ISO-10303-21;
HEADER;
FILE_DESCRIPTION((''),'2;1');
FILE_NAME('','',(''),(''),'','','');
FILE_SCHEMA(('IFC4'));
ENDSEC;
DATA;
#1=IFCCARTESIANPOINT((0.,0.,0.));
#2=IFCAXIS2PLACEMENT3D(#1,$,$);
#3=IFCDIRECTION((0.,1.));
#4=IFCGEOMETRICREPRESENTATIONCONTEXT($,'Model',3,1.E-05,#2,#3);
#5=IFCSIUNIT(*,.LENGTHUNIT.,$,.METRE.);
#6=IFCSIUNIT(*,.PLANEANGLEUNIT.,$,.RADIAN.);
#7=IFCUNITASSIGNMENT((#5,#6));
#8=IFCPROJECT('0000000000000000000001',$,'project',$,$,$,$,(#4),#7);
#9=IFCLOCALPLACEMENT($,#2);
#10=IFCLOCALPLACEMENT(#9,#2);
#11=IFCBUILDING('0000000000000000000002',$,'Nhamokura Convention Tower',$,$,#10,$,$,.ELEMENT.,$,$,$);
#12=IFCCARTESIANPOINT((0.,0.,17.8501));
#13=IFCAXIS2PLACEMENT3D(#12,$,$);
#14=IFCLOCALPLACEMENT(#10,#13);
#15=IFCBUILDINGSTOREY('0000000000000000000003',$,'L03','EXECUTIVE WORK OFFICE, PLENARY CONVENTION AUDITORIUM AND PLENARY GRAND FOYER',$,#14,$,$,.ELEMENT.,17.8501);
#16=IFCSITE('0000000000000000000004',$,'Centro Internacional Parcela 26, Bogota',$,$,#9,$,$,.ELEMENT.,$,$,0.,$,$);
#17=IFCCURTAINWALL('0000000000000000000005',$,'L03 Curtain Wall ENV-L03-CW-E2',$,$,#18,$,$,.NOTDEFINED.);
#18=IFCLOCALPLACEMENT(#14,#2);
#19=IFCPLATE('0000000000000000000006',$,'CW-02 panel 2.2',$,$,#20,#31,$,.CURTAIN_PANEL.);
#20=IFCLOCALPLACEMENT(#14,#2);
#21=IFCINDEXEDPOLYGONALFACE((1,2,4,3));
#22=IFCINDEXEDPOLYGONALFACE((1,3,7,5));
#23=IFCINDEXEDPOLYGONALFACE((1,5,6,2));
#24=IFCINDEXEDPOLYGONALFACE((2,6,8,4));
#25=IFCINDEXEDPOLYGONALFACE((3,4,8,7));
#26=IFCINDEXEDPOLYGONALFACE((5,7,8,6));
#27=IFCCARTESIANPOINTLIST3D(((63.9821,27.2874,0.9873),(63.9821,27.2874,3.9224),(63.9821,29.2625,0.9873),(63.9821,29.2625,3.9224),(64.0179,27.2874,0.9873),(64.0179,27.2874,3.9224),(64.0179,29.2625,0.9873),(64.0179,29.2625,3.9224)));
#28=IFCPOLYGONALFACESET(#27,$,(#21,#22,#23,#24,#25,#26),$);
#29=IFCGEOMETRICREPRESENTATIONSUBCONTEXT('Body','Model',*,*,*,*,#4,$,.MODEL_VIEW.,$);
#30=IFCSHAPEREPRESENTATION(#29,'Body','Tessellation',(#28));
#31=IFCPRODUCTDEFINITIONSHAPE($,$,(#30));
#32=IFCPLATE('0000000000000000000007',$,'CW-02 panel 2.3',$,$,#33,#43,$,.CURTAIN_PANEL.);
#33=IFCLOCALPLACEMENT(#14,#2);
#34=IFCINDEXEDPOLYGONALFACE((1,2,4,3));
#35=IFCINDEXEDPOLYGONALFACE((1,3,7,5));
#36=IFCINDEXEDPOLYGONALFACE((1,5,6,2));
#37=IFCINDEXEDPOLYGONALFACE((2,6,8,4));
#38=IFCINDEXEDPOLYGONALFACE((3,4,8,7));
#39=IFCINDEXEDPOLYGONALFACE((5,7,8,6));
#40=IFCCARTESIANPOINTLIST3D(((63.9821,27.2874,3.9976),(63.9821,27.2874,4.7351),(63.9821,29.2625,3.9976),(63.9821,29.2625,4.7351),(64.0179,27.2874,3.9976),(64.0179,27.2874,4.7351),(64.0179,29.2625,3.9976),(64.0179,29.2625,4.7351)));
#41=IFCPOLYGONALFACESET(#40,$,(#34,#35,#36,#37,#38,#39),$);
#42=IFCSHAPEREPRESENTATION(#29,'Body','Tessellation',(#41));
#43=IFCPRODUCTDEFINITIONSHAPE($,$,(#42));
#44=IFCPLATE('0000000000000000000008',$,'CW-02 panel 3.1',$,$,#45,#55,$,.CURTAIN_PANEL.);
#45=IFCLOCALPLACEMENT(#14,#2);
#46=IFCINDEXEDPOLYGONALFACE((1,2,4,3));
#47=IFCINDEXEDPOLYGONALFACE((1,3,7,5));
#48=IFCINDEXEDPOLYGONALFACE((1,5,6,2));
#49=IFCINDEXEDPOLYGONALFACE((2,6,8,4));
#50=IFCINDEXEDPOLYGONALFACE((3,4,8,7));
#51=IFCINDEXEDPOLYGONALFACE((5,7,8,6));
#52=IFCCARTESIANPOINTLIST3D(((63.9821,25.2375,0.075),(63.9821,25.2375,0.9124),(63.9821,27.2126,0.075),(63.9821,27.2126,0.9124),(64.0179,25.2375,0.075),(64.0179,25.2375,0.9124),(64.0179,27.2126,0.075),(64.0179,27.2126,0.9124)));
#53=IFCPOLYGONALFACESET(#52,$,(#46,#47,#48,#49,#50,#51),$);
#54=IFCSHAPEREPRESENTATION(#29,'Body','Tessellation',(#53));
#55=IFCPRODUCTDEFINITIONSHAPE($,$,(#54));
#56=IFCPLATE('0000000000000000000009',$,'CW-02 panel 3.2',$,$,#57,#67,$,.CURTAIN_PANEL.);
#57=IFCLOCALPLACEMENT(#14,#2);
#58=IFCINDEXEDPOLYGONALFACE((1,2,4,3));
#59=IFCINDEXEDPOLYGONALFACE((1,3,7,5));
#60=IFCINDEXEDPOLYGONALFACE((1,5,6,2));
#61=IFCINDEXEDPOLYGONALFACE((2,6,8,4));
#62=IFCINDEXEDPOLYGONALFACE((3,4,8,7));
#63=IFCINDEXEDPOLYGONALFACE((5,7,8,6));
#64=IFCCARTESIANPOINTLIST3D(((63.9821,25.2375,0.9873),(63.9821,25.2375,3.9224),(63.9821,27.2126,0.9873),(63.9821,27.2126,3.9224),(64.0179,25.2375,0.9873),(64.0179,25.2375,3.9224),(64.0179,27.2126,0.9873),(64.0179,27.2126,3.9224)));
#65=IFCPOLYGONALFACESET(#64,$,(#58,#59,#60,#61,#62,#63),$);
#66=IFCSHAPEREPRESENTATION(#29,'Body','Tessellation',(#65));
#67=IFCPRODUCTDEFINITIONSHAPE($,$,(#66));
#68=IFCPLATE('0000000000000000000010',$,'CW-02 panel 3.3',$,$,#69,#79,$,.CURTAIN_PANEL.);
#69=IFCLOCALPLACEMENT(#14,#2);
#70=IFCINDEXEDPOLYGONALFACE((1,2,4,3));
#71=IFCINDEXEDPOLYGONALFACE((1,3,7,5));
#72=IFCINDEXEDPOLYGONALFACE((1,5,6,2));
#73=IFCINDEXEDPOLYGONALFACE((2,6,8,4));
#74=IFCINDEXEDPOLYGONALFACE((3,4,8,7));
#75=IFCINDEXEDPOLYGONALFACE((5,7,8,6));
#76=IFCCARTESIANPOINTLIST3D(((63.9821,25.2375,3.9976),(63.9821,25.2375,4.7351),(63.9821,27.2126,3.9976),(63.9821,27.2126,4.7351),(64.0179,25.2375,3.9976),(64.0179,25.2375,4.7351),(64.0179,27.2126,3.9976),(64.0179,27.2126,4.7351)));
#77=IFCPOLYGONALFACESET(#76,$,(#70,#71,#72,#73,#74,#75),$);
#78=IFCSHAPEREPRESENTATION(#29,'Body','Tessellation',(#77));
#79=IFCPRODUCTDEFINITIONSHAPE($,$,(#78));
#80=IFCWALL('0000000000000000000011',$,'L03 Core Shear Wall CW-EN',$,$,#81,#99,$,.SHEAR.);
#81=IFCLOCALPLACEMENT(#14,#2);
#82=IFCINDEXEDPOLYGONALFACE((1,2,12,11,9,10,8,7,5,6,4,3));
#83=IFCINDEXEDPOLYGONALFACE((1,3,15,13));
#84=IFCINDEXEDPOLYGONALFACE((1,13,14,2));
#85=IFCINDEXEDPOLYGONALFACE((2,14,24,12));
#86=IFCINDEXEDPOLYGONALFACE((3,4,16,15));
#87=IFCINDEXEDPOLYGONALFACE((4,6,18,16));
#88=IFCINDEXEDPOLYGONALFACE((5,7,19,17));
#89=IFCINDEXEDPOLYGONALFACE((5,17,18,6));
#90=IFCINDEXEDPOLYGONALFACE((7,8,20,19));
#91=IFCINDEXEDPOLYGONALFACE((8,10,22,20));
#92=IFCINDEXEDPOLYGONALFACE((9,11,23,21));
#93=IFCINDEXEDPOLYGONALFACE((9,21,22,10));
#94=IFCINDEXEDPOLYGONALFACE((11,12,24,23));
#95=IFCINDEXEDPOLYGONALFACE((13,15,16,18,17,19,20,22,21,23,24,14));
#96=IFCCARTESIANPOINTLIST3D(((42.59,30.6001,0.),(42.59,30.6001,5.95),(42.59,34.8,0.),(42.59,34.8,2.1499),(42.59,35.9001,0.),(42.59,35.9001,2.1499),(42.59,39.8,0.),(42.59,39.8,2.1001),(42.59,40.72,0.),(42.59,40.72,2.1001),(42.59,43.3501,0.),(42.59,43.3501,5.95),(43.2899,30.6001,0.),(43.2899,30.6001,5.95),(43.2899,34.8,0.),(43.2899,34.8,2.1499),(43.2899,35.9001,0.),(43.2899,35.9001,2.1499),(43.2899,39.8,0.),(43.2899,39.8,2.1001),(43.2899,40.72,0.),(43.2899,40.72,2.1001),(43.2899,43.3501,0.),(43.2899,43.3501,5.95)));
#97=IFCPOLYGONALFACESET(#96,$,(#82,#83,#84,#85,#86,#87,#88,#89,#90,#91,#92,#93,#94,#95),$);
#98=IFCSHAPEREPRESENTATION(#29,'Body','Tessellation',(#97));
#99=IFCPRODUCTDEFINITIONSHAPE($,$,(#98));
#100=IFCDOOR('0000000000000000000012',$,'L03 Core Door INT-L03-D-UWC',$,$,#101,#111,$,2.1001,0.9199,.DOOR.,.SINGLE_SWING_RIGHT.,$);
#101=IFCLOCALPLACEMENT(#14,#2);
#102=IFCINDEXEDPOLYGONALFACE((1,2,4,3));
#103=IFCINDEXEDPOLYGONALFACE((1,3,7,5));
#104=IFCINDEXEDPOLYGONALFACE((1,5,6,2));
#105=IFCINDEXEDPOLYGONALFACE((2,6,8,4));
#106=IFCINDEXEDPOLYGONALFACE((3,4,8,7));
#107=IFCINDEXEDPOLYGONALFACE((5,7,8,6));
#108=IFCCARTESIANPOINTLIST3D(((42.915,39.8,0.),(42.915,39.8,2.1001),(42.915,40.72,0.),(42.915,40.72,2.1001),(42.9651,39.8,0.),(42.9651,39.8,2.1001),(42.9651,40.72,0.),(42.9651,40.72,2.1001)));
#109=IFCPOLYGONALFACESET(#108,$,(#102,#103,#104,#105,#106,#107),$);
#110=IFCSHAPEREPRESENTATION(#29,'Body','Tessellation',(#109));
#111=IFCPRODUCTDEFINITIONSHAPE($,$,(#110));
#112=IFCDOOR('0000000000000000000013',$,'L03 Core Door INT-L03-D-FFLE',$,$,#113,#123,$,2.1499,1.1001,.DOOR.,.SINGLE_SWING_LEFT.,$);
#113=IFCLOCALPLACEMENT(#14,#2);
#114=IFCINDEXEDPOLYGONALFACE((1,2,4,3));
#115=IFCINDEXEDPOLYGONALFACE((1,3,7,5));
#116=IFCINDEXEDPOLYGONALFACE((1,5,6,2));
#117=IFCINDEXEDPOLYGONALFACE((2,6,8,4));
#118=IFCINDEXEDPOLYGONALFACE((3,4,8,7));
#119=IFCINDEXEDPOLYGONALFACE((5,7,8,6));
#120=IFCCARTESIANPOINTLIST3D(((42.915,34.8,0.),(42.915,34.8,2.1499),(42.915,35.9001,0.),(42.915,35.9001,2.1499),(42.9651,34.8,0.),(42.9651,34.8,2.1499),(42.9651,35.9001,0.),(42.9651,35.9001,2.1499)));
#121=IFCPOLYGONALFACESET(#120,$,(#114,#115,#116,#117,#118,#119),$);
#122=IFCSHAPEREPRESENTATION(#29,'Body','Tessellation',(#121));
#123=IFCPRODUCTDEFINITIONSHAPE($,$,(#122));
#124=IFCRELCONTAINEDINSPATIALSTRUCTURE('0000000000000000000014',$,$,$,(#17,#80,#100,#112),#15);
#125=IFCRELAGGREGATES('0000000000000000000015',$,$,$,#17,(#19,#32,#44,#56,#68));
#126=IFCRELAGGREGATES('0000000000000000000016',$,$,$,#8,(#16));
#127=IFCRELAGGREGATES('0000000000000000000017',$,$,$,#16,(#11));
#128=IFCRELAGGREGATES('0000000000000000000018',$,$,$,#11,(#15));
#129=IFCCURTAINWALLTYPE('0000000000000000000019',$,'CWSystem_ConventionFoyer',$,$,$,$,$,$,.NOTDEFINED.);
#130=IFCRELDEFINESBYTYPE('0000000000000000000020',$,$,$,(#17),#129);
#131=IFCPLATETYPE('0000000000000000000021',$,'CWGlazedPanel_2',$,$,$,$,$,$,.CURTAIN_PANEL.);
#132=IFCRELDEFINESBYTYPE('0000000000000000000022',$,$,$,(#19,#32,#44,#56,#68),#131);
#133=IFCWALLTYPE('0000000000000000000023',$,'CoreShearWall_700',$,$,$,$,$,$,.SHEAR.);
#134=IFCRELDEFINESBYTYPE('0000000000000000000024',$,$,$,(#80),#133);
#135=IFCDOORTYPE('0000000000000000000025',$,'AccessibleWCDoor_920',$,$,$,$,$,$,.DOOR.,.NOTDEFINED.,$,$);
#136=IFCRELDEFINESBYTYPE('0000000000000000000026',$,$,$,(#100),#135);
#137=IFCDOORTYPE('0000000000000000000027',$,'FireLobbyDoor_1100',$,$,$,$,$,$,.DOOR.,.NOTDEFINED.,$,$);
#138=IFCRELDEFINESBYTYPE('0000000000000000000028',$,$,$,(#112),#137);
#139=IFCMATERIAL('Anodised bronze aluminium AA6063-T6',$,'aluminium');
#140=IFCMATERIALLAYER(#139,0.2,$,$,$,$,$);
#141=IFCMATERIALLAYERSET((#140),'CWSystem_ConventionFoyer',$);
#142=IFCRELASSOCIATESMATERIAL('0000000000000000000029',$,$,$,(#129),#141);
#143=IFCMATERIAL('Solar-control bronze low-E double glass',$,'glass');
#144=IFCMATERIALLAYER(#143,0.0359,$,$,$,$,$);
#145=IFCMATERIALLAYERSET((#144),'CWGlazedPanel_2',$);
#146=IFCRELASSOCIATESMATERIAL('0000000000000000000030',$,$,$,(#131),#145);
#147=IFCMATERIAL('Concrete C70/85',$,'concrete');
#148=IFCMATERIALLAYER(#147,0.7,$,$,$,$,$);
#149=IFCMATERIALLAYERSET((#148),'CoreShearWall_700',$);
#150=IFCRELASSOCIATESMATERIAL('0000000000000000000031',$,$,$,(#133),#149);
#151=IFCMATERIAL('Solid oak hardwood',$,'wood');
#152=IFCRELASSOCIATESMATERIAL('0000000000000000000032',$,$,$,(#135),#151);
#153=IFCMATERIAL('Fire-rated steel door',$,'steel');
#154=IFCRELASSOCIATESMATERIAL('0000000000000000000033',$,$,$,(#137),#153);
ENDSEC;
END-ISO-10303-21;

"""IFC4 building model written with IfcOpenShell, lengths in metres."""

from ifc_helpers import new_model, si_unit, direction, frame, frame_2d, origin, origin_2d, place, context, subcontext, project, spatial, rectangle, extrude, material, layer, layer_set, type_object, element, fill, aggregate, save


model = new_model("IFC4")

# Units and contexts
model_context = context("Model", 3, precision=1e-05, world=origin(), true_north=direction((0.0, 1.0)))
body_context = subcontext(model_context, "Body", "Model", "MODEL_VIEW")
ifc_project = project(units=[si_unit("LENGTHUNIT", "METRE"), si_unit("PLANEANGLEUNIT", "RADIAN")], contexts=[model_context])

# Site, building, storey
site_placement = place(None, origin())
site = spatial("IfcSite", under=ifc_project, at=site_placement, Name="Centro Internacional Parcela 26, Bogota", CompositionType="ELEMENT", RefElevation=0.0)
building_placement = place(site_placement, origin())
building = spatial("IfcBuilding", under=site, at=building_placement, Name="Nhamokura Convention Tower", CompositionType="ELEMENT")
storey_placement = place(building_placement, frame((0.0, 0.0, 17.8501)))
storey = spatial("IfcBuildingStorey", under=building, at=storey_placement, Name="L03", Description="EXECUTIVE WORK OFFICE, PLENARY CONVENTION AUDITORIUM AND PLENARY GRAND FOYER", CompositionType="ELEMENT", Elevation=17.8501)

# Curtain wall
ifc_material_1 = material(Name="Anodised bronze aluminium AA6063-T6", Category="aluminium")
ifc_layer_1 = layer(ifc_material_1, 0.2)
ifc_layer_set_1 = layer_set([ifc_layer_1], Name="CWSystem_ConventionFoyer")
curtain_wall_type = type_object("IfcCurtainWallType", Name="CWSystem_ConventionFoyer", PredefinedType="NOTDEFINED", material=ifc_layer_set_1)
curtain_wall_placement = place(storey_placement, origin())
curtain_wall = element("IfcCurtainWall", 1, at=curtain_wall_placement, inside=storey, type_object=curtain_wall_type, Name="L03 Curtain Wall ENV-L03-CW-E2", PredefinedType="NOTDEFINED")

# Plates
ifc_material_2 = material(Name="Solar-control bronze low-E double glass", Category="glass")
ifc_layer_2 = layer(ifc_material_2, 0.0359)
ifc_layer_set_2 = layer_set([ifc_layer_2], Name="CWGlazedPanel_2")
plate_type = type_object("IfcPlateType", Name="CWGlazedPanel_2", PredefinedType="CURTAIN_PANEL", material=ifc_layer_set_2)
plate_1_placement = place(storey_placement, frame((64.0, 28.2749, 0.9873), z_axis=(0.0, 0.0, 1.0), x_axis=(0.0, -1.0, 0.0)))
plate_1 = element("IfcPlate", 2, at=plate_1_placement, type_object=plate_type, Name="CW-02 panel 2.2", PredefinedType="CURTAIN_PANEL", context=body_context, shape_type="SweptSolid", body=[
    extrude(rectangle(XDim=1.9751, YDim=0.0359, at=origin_2d()), origin(), (0.0, 0.0, 1.0), 2.9351),
])
plate_2_placement = place(storey_placement, frame((64.0, 28.2749, 3.9976), z_axis=(0.0, 0.0, 1.0), x_axis=(0.0, -1.0, 0.0)))
plate_2 = element("IfcPlate", 3, at=plate_2_placement, type_object=plate_type, Name="CW-02 panel 2.3", PredefinedType="CURTAIN_PANEL", context=body_context, shape_type="SweptSolid", body=[
    extrude(rectangle(XDim=1.9751, YDim=0.0359, at=origin_2d()), origin(), (0.0, 0.0, 1.0), 0.7375),
])
plate_3_placement = place(storey_placement, frame((64.0, 26.2251, 0.075), z_axis=(0.0, 0.0, 1.0), x_axis=(0.0, -1.0, 0.0)))
plate_3 = element("IfcPlate", 4, at=plate_3_placement, type_object=plate_type, Name="CW-02 panel 3.1", PredefinedType="CURTAIN_PANEL", context=body_context, shape_type="SweptSolid", body=[
    extrude(rectangle(XDim=1.9751, YDim=0.0359, at=origin_2d()), origin(), (0.0, 0.0, 1.0), 0.8374),
])
plate_4_placement = place(storey_placement, frame((64.0, 26.2251, 0.9873), z_axis=(0.0, 0.0, 1.0), x_axis=(0.0, -1.0, 0.0)))
plate_4 = element("IfcPlate", 5, at=plate_4_placement, type_object=plate_type, Name="CW-02 panel 3.2", PredefinedType="CURTAIN_PANEL", context=body_context, shape_type="SweptSolid", body=[
    extrude(rectangle(XDim=1.9751, YDim=0.0359, at=origin_2d()), origin(), (0.0, 0.0, 1.0), 2.9351),
])
plate_5_placement = place(storey_placement, frame((64.0, 26.2251, 3.9976), z_axis=(0.0, 0.0, 1.0), x_axis=(0.0, -1.0, 0.0)))
plate_5 = element("IfcPlate", 6, at=plate_5_placement, type_object=plate_type, Name="CW-02 panel 3.3", PredefinedType="CURTAIN_PANEL", context=body_context, shape_type="SweptSolid", body=[
    extrude(rectangle(XDim=1.9751, YDim=0.0359, at=origin_2d()), origin(), (0.0, 0.0, 1.0), 0.7375),
])
aggregate(curtain_wall, [plate_1, plate_2, plate_3, plate_4, plate_5])

# Wall, openings, doors
ifc_material_3 = material(Name="Concrete C70/85", Category="concrete")
ifc_layer_3 = layer(ifc_material_3, 0.7)
ifc_layer_set_3 = layer_set([ifc_layer_3], Name="CoreShearWall_700")
wall_type = type_object("IfcWallType", Name="CoreShearWall_700", PredefinedType="SHEAR", material=ifc_layer_set_3)
wall_placement = place(storey_placement, frame((42.9399, 30.6001, 0.0), z_axis=(0.0, 0.0, 1.0), x_axis=(0.0, 1.0, 0.0)))
wall = element("IfcWall", 7, at=wall_placement, inside=storey, type_object=wall_type, Name="L03 Core Shear Wall CW-EN", PredefinedType="SHEAR", context=body_context, shape_type="SweptSolid", body=[
    extrude(rectangle(XDim=12.75, YDim=0.7, at=frame_2d((6.375, 0.0))), origin(), (0.0, 0.0, 1.0), 5.95),
])
opening_1_placement = place(wall_placement, frame((4.2, 0.0, 0.0)))
opening_1 = element("IfcOpeningElement", 8, at=opening_1_placement, cuts=wall, PredefinedType="OPENING", context=body_context, shape_type="SweptSolid", body=[
    extrude(rectangle(XDim=1.1001, YDim=2.1499, at=frame_2d((0.55, 1.075))), frame((0.0, 0.3599, 0.0), z_axis=(0.0, -1.0, 0.0), x_axis=(1.0, 0.0, 0.0)), (0.0, 0.0, 1.0), 0.72),
])
opening_2_placement = place(wall_placement, frame((9.2, 0.0, 0.0)))
opening_2 = element("IfcOpeningElement", 9, at=opening_2_placement, cuts=wall, PredefinedType="OPENING", context=body_context, shape_type="SweptSolid", body=[
    extrude(rectangle(XDim=0.9199, YDim=2.1001, at=frame_2d((0.46, 1.05))), frame((0.0, 0.3599, 0.0), z_axis=(0.0, -1.0, 0.0), x_axis=(1.0, 0.0, 0.0)), (0.0, 0.0, 1.0), 0.72),
])
ifc_material_4 = material(Name="Solid oak hardwood", Category="wood")
door_type_1 = type_object("IfcDoorType", Name="AccessibleWCDoor_920", OperationType="NOTDEFINED", PredefinedType="DOOR", material=ifc_material_4)
door_1_placement = place(opening_2_placement, origin())
door_1 = element("IfcDoor", 10, at=door_1_placement, inside=storey, type_object=door_type_1, Name="L03 Core Door INT-L03-D-UWC", OperationType="SINGLE_SWING_RIGHT", OverallHeight=2.1001, OverallWidth=0.9199, PredefinedType="DOOR", context=body_context, shape_type="SweptSolid", body=[
    extrude(rectangle(XDim=0.9199, YDim=2.1001, at=frame_2d((0.46, 1.05))), frame((0.0, 0.0249, 0.0), z_axis=(0.0, -1.0, 0.0), x_axis=(1.0, 0.0, 0.0)), (0.0, 0.0, 1.0), 0.05),
])
fill(opening_2, door_1)
ifc_material_5 = material(Name="Fire-rated steel door", Category="steel")
door_type_2 = type_object("IfcDoorType", Name="FireLobbyDoor_1100", OperationType="NOTDEFINED", PredefinedType="DOOR", material=ifc_material_5)
door_2_placement = place(opening_1_placement, origin())
door_2 = element("IfcDoor", 11, at=door_2_placement, inside=storey, type_object=door_type_2, Name="L03 Core Door INT-L03-D-FFLE", OperationType="SINGLE_SWING_LEFT", OverallHeight=2.1499, OverallWidth=1.1001, PredefinedType="DOOR", context=body_context, shape_type="SweptSolid", body=[
    extrude(rectangle(XDim=1.1001, YDim=2.1499, at=frame_2d((0.55, 1.075))), frame((0.0, 0.0249, 0.0), z_axis=(0.0, -1.0, 0.0), x_axis=(1.0, 0.0, 0.0)), (0.0, 0.0, 1.0), 0.05),
])
fill(opening_1, door_2)

save(model, "model.ifc")
